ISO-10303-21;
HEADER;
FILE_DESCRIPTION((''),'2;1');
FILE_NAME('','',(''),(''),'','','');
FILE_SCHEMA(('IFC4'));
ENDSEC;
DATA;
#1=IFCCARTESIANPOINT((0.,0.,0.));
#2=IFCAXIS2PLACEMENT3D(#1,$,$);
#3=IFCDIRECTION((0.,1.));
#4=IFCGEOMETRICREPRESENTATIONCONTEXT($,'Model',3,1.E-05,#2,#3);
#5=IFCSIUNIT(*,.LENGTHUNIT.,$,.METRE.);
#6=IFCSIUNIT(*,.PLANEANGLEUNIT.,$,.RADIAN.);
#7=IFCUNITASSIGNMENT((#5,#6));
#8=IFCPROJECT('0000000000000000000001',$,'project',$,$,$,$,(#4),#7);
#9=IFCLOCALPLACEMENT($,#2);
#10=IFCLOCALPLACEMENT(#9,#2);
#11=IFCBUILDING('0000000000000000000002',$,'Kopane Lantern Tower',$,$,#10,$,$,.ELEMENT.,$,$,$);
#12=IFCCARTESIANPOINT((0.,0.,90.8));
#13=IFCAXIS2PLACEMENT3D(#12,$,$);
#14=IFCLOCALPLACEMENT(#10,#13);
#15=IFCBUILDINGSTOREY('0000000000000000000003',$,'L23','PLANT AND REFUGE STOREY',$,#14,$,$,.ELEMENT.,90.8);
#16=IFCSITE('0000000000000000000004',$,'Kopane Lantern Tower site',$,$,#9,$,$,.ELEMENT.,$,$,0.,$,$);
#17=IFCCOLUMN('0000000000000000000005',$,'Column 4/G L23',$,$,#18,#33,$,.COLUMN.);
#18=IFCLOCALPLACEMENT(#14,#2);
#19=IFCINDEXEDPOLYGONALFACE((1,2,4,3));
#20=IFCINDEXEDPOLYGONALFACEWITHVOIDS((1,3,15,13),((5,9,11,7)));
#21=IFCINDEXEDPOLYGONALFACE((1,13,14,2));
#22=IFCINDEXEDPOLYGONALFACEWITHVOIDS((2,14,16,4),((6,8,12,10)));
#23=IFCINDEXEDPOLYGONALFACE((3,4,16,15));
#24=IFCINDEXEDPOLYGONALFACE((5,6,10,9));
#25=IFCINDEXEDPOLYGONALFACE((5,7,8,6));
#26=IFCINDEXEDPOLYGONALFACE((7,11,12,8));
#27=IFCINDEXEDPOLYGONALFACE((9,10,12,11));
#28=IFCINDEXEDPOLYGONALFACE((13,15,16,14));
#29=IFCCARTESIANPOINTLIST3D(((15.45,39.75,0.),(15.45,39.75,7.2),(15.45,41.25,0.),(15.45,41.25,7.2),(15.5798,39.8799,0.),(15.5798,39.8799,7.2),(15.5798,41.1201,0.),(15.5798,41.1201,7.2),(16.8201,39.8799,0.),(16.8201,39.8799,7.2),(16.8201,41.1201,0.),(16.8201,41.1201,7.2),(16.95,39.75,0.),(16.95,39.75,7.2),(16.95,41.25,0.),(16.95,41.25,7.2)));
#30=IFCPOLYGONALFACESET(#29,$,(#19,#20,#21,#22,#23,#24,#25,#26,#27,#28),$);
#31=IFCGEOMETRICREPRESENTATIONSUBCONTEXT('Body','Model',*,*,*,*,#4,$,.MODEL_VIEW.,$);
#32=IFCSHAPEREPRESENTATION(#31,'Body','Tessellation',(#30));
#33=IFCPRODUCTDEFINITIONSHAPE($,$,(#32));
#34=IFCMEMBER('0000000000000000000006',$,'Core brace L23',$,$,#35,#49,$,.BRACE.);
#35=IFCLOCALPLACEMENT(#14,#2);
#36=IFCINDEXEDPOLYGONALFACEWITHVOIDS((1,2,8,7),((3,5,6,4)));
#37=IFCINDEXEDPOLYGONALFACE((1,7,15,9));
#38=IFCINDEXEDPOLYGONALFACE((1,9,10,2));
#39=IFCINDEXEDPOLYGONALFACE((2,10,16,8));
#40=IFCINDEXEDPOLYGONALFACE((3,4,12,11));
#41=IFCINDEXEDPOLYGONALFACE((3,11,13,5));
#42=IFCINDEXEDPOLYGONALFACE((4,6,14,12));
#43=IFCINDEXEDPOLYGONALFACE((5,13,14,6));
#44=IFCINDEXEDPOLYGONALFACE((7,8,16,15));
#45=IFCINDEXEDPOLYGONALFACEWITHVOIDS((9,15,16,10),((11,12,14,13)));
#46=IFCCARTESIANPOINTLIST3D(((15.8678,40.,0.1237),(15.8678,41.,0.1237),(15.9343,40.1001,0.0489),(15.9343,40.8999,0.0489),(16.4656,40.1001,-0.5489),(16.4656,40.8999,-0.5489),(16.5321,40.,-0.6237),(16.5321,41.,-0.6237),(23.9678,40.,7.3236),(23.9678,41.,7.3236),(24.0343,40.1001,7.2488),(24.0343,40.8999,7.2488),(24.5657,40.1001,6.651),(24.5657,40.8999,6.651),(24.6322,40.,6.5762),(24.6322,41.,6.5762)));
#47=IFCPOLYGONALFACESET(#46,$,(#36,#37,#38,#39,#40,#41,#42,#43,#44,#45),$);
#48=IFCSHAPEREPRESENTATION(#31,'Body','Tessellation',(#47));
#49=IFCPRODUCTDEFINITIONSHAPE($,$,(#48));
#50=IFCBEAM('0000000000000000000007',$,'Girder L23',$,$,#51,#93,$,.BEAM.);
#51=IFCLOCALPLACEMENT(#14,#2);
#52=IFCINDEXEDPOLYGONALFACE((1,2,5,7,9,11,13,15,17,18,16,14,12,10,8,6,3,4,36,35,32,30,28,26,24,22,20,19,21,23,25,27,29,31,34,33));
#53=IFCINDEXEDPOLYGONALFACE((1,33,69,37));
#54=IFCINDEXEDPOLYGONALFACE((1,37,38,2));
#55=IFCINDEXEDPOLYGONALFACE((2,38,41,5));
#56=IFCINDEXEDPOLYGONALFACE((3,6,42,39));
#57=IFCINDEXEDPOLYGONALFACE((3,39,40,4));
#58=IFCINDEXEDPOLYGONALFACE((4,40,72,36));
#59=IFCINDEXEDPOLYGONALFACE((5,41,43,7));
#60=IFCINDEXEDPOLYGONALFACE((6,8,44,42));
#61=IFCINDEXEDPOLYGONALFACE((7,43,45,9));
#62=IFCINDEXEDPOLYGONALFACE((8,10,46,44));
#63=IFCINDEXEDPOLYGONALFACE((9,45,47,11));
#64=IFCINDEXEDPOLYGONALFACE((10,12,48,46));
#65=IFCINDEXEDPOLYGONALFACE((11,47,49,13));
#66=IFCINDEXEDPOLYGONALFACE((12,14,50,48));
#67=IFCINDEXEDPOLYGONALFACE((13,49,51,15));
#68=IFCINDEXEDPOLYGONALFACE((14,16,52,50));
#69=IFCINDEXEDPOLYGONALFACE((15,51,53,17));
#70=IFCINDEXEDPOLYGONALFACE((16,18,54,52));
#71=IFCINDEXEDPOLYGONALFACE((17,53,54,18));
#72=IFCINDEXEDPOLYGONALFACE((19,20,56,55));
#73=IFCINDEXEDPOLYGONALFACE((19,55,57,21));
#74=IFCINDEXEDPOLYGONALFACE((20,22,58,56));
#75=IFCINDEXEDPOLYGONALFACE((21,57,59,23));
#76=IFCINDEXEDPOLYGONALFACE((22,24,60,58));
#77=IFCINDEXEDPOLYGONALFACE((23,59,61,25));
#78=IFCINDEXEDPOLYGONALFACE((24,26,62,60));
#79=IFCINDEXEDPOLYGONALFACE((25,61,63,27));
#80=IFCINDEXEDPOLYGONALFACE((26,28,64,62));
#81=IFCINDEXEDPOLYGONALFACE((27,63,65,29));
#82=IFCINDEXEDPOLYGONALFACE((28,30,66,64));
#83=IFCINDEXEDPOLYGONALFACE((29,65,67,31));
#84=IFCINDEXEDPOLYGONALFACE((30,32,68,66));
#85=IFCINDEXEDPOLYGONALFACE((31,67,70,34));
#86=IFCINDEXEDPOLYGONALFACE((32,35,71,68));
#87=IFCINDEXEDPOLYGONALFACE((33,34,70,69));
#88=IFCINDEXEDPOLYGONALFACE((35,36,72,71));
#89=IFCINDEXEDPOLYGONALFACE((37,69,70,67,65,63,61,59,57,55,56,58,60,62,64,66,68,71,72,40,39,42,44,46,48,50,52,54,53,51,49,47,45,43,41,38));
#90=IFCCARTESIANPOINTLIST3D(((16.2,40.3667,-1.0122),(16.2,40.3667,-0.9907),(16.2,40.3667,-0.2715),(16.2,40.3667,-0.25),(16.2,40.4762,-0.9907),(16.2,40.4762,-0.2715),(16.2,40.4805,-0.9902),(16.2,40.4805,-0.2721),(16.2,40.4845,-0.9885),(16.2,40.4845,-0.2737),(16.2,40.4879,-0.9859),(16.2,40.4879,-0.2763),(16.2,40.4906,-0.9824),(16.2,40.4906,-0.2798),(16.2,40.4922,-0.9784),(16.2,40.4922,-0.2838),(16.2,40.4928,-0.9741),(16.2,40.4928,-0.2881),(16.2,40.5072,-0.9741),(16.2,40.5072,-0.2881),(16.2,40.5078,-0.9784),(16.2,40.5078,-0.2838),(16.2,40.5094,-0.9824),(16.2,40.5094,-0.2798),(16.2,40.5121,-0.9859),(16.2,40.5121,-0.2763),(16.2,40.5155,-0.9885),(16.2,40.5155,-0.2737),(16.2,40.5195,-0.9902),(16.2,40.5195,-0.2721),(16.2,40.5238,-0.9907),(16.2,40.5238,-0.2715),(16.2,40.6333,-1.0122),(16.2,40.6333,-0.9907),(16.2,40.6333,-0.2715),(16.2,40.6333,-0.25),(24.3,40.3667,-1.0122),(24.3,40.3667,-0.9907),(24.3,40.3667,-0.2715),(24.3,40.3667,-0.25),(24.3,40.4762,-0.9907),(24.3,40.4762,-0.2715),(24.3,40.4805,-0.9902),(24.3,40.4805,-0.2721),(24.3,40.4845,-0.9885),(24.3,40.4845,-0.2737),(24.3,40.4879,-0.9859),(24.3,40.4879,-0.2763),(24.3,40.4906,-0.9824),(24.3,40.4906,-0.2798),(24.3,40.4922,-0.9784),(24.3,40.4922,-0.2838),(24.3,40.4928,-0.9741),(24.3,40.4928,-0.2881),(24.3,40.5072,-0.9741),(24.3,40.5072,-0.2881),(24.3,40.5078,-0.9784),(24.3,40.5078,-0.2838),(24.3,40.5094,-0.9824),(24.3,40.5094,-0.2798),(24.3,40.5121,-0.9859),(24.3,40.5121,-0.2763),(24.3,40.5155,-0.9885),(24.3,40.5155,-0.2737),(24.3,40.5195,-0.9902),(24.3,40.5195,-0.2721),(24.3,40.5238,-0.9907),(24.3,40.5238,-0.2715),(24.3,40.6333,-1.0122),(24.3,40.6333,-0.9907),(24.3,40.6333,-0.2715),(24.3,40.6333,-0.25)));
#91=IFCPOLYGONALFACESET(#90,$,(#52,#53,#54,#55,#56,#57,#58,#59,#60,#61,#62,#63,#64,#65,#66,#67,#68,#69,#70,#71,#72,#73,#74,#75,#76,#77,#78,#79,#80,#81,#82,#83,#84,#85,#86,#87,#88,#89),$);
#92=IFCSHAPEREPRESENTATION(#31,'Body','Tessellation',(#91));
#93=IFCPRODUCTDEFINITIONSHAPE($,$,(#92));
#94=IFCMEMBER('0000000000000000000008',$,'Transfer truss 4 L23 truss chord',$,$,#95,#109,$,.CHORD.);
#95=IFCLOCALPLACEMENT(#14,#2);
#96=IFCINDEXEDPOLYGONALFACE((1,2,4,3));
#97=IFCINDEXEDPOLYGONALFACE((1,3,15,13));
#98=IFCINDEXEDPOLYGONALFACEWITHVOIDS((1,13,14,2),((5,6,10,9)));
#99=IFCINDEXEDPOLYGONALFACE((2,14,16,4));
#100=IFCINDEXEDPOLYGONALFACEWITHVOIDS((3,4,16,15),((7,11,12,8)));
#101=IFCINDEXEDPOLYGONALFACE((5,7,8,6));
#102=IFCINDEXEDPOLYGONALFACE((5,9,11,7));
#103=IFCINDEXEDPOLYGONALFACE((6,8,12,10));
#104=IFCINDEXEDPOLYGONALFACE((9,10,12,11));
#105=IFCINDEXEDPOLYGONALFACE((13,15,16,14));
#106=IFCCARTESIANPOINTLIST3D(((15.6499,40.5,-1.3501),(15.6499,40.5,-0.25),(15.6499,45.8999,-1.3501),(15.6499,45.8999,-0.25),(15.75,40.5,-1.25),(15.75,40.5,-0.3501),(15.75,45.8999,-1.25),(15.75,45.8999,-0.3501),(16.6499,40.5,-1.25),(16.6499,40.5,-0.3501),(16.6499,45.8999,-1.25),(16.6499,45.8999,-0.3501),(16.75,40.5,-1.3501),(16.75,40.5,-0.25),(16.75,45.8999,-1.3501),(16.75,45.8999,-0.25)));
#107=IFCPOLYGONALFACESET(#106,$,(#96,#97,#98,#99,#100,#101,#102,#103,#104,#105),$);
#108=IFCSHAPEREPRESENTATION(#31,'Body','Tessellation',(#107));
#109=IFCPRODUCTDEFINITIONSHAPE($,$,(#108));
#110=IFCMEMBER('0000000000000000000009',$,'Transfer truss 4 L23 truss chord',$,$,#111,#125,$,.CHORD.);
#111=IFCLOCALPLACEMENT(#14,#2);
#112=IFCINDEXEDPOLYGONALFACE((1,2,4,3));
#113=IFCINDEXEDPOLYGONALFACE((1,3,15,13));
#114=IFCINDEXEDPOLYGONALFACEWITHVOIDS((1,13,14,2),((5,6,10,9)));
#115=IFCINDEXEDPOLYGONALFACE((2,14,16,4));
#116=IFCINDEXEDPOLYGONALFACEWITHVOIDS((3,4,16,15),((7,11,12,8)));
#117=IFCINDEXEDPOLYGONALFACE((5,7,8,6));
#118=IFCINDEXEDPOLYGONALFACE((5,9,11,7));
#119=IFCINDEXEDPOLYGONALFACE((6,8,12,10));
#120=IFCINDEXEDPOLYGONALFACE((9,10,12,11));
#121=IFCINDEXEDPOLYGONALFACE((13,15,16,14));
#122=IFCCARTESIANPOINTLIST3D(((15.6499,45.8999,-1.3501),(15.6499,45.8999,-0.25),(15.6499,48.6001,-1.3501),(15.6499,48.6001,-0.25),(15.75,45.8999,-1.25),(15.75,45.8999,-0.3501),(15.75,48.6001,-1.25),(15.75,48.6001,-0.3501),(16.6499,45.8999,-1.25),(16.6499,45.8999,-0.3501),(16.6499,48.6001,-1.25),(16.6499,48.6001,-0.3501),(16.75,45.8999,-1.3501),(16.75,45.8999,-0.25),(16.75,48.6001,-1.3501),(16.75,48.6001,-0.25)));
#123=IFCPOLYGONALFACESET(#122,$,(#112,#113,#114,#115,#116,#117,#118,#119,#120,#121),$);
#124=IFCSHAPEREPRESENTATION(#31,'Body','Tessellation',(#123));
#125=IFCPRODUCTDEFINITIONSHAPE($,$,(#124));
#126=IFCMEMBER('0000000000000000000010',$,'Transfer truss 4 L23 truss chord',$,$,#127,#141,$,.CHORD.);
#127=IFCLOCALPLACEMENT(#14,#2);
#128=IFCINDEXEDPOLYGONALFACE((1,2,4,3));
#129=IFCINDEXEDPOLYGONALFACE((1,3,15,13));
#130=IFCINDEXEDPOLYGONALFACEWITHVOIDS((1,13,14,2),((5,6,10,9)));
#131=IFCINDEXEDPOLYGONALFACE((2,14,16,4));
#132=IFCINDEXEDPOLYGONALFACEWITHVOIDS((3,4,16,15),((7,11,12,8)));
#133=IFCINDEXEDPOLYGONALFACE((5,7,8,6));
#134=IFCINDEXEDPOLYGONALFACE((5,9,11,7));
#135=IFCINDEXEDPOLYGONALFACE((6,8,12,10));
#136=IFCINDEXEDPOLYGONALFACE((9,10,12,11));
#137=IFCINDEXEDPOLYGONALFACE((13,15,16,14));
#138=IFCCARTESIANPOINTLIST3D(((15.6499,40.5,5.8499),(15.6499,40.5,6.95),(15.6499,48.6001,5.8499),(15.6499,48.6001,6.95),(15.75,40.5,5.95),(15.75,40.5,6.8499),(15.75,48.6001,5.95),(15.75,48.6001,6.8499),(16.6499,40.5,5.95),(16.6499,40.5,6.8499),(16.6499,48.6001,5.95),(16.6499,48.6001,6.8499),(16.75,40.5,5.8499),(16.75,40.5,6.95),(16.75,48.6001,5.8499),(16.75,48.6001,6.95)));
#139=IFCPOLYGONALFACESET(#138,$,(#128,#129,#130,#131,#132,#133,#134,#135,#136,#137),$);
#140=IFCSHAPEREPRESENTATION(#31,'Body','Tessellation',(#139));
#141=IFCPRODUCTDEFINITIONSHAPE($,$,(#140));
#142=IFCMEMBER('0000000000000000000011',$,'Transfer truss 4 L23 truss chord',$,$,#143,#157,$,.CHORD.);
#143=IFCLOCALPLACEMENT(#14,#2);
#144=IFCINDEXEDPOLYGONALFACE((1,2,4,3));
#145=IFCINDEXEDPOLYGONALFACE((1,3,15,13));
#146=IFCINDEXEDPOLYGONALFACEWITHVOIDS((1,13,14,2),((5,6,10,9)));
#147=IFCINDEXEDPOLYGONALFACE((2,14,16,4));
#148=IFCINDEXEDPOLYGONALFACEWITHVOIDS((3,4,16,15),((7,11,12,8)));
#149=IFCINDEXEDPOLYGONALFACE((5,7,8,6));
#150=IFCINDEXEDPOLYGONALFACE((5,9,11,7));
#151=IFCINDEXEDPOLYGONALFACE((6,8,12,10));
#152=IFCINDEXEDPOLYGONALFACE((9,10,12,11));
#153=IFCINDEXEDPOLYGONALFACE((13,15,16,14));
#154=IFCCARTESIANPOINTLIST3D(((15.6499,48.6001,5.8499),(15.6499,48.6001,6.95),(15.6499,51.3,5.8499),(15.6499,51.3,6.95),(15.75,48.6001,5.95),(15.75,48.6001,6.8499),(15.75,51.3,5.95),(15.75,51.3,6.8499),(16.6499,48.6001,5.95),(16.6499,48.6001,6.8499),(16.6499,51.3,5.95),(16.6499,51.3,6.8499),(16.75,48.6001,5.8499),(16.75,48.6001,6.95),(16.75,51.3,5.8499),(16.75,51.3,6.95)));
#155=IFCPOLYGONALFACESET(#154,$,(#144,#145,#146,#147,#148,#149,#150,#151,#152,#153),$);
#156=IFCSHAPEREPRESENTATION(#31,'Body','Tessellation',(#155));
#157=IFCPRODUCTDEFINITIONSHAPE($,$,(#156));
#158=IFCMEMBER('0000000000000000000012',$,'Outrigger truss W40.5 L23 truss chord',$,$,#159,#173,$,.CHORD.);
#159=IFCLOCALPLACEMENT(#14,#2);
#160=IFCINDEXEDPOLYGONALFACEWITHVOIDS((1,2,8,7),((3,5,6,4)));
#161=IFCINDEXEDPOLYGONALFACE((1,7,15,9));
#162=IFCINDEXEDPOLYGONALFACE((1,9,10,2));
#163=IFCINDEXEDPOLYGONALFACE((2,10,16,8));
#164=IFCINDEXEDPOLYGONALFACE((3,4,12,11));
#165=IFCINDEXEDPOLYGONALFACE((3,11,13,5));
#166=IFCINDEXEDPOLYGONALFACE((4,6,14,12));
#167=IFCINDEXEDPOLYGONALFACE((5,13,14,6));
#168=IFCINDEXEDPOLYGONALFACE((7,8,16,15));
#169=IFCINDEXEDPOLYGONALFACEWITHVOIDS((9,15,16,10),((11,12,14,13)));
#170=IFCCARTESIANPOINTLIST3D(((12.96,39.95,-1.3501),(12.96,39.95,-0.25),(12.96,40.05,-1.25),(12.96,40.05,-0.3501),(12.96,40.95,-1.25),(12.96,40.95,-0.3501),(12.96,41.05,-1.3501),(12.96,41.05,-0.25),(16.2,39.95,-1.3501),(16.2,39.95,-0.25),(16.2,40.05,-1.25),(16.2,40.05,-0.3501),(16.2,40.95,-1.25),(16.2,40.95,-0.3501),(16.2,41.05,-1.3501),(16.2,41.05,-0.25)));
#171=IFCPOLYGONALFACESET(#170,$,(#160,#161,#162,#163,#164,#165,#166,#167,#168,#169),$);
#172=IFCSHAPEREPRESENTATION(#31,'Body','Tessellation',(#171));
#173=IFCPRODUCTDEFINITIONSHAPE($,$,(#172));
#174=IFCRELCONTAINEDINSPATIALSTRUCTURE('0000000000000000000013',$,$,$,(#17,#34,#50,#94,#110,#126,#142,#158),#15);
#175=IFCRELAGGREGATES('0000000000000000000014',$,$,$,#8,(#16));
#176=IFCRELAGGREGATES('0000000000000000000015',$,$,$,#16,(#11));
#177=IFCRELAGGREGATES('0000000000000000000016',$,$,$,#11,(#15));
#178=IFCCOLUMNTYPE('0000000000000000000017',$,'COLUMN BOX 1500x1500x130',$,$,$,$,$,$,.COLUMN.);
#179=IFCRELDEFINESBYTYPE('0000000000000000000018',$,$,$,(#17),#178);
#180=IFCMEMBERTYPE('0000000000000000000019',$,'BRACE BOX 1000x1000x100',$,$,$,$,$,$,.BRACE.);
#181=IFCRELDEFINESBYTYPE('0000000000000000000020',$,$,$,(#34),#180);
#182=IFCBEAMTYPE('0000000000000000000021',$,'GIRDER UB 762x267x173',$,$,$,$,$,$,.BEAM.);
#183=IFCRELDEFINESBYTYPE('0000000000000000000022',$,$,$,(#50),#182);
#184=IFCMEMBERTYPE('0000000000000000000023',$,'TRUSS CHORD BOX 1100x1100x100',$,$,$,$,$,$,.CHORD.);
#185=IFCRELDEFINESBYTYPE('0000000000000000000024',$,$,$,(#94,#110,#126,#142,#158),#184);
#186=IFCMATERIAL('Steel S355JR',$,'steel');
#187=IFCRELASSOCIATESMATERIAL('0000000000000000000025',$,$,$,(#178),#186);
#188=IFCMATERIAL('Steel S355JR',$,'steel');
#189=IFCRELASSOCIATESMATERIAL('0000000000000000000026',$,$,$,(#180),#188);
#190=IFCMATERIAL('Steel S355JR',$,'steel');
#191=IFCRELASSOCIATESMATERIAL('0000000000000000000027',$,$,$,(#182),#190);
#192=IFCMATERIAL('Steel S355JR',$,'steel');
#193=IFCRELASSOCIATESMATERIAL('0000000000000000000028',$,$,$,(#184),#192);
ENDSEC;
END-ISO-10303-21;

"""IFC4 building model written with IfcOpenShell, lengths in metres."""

from ifc_helpers import new_model, si_unit, direction, frame, origin, origin_2d, place, context, subcontext, project, spatial, hollow_rectangle, i_section, extrude, material, material_profile, profile_set, type_object, element, save


model = new_model("IFC4")

# Units and contexts
model_context = context("Model", 3, precision=1e-05, world=origin(), true_north=direction((0.0, 1.0)))
body_context = subcontext(model_context, "Body", "Model", "MODEL_VIEW")
ifc_project = project(units=[si_unit("LENGTHUNIT", "METRE"), si_unit("PLANEANGLEUNIT", "RADIAN")], contexts=[model_context])

# Site, building, storey
site_placement = place(None, origin())
site = spatial("IfcSite", under=ifc_project, at=site_placement, Name="Kopane Lantern Tower site", CompositionType="ELEMENT", RefElevation=0.0)
building_placement = place(site_placement, origin())
building = spatial("IfcBuilding", under=site, at=building_placement, Name="Kopane Lantern Tower", CompositionType="ELEMENT")
storey_placement = place(building_placement, frame((0.0, 0.0, 90.8)))
storey = spatial("IfcBuildingStorey", under=building, at=storey_placement, Name="L23", Description="PLANT AND REFUGE STOREY", CompositionType="ELEMENT", Elevation=90.8)

# Column
ifc_material_1 = material(Name="Steel S355JR", Category="steel")
ifc_material_profile_1 = material_profile(ifc_material_1, hollow_rectangle(XDim=1.5, YDim=1.5, WallThickness=0.1299, at=origin_2d()), Name="BOX 1500x1500x130")
ifc_profile_set_1 = profile_set([ifc_material_profile_1], Name="Steel S355JR")
column_type = type_object("IfcColumnType", Name="COLUMN BOX 1500x1500x130", PredefinedType="COLUMN", material=ifc_profile_set_1)
column_placement = place(storey_placement, frame((16.2, 40.5, 0.0), z_axis=(0.0, 0.0, 1.0), x_axis=(1.0, 0.0, 0.0)))
element("IfcColumn", 1, at=column_placement, inside=storey, type_object=column_type, Name="Column 4/G L23", PredefinedType="COLUMN", context=body_context, shape_type="SweptSolid", body=[
    extrude(hollow_rectangle(XDim=1.5, YDim=1.5, WallThickness=0.1299, at=origin_2d()), origin(), (0.0, 0.0, 1.0), 7.2),
])

# Member
ifc_material_2 = material(Name="Steel S355JR", Category="steel")
ifc_material_profile_2 = material_profile(ifc_material_2, hollow_rectangle(XDim=1.0, YDim=1.0, WallThickness=0.1001, at=origin_2d()), Name="BOX 1000x1000x100")
ifc_profile_set_2 = profile_set([ifc_material_profile_2], Name="Steel S355JR")
member_type_1 = type_object("IfcMemberType", Name="BRACE BOX 1000x1000x100", PredefinedType="BRACE", material=ifc_profile_set_2)
member_1_placement = place(storey_placement, frame((16.2, 40.5, -0.25), z_axis=(0.747416, 0.0, 0.664357), x_axis=(0.0, 1.0, 0.0)))
element("IfcMember", 2, at=member_1_placement, inside=storey, type_object=member_type_1, Name="Core brace L23", PredefinedType="BRACE", context=body_context, shape_type="SweptSolid", body=[
    extrude(hollow_rectangle(XDim=1.0, YDim=1.0, WallThickness=0.1001, at=origin_2d()), origin(), (0.0, 0.0, 1.0), 10.8374),
])

# Beam
ifc_material_3 = material(Name="Steel S355JR", Category="steel")
ifc_material_profile_3 = material_profile(ifc_material_3, i_section(OverallWidth=0.2666, OverallDepth=0.7622, WebThickness=0.0144, FlangeThickness=0.0215, FilletRadius=0.0166, at=origin_2d()), Name="UB 762x267x173")
ifc_profile_set_3 = profile_set([ifc_material_profile_3], Name="Steel S355JR")
beam_type = type_object("IfcBeamType", Name="GIRDER UB 762x267x173", PredefinedType="BEAM", material=ifc_profile_set_3)
beam_placement = place(storey_placement, frame((16.2, 40.5, -0.6311), z_axis=(1.0, 0.0, 0.0), x_axis=(0.0, 1.0, 0.0)))
element("IfcBeam", 3, at=beam_placement, inside=storey, type_object=beam_type, Name="Girder L23", PredefinedType="BEAM", context=body_context, shape_type="SweptSolid", body=[
    extrude(i_section(OverallWidth=0.2666, OverallDepth=0.7622, WebThickness=0.0144, FlangeThickness=0.0215, FilletRadius=0.0166, at=origin_2d()), origin(), (0.0, 0.0, 1.0), 8.1001),
])

# Members
ifc_material_4 = material(Name="Steel S355JR", Category="steel")
ifc_material_profile_4 = material_profile(ifc_material_4, hollow_rectangle(XDim=1.1001, YDim=1.1001, WallThickness=0.1001, at=origin_2d()), Name="BOX 1100x1100x100")
ifc_profile_set_4 = profile_set([ifc_material_profile_4], Name="Steel S355JR")
member_type_2 = type_object("IfcMemberType", Name="TRUSS CHORD BOX 1100x1100x100", PredefinedType="CHORD", material=ifc_profile_set_4)
member_2_placement = place(storey_placement, frame((16.2, 40.5, -0.8), z_axis=(0.0, 1.0, 0.0), x_axis=(-1.0, 0.0, 0.0)))
element("IfcMember", 4, at=member_2_placement, inside=storey, type_object=member_type_2, Name="Transfer truss 4 L23 truss chord", PredefinedType="CHORD", context=body_context, shape_type="SweptSolid", body=[
    extrude(hollow_rectangle(XDim=1.1001, YDim=1.1001, WallThickness=0.1001, at=origin_2d()), origin(), (0.0, 0.0, 1.0), 5.3999),
])
member_3_placement = place(storey_placement, frame((16.2, 45.8999, -0.8), z_axis=(0.0, 1.0, 0.0), x_axis=(-1.0, 0.0, 0.0)))
element("IfcMember", 5, at=member_3_placement, inside=storey, type_object=member_type_2, Name="Transfer truss 4 L23 truss chord", PredefinedType="CHORD", context=body_context, shape_type="SweptSolid", body=[
    extrude(hollow_rectangle(XDim=1.1001, YDim=1.1001, WallThickness=0.1001, at=origin_2d()), origin(), (0.0, 0.0, 1.0), 2.7002),
])
member_4_placement = place(storey_placement, frame((16.2, 40.5, 6.3999), z_axis=(0.0, 1.0, 0.0), x_axis=(-1.0, 0.0, 0.0)))
element("IfcMember", 6, at=member_4_placement, inside=storey, type_object=member_type_2, Name="Transfer truss 4 L23 truss chord", PredefinedType="CHORD", context=body_context, shape_type="SweptSolid", body=[
    extrude(hollow_rectangle(XDim=1.1001, YDim=1.1001, WallThickness=0.1001, at=origin_2d()), origin(), (0.0, 0.0, 1.0), 8.1001),
])
member_5_placement = place(storey_placement, frame((16.2, 48.6001, 6.3999), z_axis=(0.0, 1.0, 0.0), x_axis=(-1.0, 0.0, 0.0)))
element("IfcMember", 7, at=member_5_placement, inside=storey, type_object=member_type_2, Name="Transfer truss 4 L23 truss chord", PredefinedType="CHORD", context=body_context, shape_type="SweptSolid", body=[
    extrude(hollow_rectangle(XDim=1.1001, YDim=1.1001, WallThickness=0.1001, at=origin_2d()), origin(), (0.0, 0.0, 1.0), 2.7),
])
member_6_placement = place(storey_placement, frame((12.96, 40.5, -0.8), z_axis=(1.0, 0.0, 0.0), x_axis=(0.0, 1.0, 0.0)))
element("IfcMember", 8, at=member_6_placement, inside=storey, type_object=member_type_2, Name="Outrigger truss W40.5 L23 truss chord", PredefinedType="CHORD", context=body_context, shape_type="SweptSolid", body=[
    extrude(hollow_rectangle(XDim=1.1001, YDim=1.1001, WallThickness=0.1001, at=origin_2d()), origin(), (0.0, 0.0, 1.0), 3.24),
])

save(model, "model.ifc")
